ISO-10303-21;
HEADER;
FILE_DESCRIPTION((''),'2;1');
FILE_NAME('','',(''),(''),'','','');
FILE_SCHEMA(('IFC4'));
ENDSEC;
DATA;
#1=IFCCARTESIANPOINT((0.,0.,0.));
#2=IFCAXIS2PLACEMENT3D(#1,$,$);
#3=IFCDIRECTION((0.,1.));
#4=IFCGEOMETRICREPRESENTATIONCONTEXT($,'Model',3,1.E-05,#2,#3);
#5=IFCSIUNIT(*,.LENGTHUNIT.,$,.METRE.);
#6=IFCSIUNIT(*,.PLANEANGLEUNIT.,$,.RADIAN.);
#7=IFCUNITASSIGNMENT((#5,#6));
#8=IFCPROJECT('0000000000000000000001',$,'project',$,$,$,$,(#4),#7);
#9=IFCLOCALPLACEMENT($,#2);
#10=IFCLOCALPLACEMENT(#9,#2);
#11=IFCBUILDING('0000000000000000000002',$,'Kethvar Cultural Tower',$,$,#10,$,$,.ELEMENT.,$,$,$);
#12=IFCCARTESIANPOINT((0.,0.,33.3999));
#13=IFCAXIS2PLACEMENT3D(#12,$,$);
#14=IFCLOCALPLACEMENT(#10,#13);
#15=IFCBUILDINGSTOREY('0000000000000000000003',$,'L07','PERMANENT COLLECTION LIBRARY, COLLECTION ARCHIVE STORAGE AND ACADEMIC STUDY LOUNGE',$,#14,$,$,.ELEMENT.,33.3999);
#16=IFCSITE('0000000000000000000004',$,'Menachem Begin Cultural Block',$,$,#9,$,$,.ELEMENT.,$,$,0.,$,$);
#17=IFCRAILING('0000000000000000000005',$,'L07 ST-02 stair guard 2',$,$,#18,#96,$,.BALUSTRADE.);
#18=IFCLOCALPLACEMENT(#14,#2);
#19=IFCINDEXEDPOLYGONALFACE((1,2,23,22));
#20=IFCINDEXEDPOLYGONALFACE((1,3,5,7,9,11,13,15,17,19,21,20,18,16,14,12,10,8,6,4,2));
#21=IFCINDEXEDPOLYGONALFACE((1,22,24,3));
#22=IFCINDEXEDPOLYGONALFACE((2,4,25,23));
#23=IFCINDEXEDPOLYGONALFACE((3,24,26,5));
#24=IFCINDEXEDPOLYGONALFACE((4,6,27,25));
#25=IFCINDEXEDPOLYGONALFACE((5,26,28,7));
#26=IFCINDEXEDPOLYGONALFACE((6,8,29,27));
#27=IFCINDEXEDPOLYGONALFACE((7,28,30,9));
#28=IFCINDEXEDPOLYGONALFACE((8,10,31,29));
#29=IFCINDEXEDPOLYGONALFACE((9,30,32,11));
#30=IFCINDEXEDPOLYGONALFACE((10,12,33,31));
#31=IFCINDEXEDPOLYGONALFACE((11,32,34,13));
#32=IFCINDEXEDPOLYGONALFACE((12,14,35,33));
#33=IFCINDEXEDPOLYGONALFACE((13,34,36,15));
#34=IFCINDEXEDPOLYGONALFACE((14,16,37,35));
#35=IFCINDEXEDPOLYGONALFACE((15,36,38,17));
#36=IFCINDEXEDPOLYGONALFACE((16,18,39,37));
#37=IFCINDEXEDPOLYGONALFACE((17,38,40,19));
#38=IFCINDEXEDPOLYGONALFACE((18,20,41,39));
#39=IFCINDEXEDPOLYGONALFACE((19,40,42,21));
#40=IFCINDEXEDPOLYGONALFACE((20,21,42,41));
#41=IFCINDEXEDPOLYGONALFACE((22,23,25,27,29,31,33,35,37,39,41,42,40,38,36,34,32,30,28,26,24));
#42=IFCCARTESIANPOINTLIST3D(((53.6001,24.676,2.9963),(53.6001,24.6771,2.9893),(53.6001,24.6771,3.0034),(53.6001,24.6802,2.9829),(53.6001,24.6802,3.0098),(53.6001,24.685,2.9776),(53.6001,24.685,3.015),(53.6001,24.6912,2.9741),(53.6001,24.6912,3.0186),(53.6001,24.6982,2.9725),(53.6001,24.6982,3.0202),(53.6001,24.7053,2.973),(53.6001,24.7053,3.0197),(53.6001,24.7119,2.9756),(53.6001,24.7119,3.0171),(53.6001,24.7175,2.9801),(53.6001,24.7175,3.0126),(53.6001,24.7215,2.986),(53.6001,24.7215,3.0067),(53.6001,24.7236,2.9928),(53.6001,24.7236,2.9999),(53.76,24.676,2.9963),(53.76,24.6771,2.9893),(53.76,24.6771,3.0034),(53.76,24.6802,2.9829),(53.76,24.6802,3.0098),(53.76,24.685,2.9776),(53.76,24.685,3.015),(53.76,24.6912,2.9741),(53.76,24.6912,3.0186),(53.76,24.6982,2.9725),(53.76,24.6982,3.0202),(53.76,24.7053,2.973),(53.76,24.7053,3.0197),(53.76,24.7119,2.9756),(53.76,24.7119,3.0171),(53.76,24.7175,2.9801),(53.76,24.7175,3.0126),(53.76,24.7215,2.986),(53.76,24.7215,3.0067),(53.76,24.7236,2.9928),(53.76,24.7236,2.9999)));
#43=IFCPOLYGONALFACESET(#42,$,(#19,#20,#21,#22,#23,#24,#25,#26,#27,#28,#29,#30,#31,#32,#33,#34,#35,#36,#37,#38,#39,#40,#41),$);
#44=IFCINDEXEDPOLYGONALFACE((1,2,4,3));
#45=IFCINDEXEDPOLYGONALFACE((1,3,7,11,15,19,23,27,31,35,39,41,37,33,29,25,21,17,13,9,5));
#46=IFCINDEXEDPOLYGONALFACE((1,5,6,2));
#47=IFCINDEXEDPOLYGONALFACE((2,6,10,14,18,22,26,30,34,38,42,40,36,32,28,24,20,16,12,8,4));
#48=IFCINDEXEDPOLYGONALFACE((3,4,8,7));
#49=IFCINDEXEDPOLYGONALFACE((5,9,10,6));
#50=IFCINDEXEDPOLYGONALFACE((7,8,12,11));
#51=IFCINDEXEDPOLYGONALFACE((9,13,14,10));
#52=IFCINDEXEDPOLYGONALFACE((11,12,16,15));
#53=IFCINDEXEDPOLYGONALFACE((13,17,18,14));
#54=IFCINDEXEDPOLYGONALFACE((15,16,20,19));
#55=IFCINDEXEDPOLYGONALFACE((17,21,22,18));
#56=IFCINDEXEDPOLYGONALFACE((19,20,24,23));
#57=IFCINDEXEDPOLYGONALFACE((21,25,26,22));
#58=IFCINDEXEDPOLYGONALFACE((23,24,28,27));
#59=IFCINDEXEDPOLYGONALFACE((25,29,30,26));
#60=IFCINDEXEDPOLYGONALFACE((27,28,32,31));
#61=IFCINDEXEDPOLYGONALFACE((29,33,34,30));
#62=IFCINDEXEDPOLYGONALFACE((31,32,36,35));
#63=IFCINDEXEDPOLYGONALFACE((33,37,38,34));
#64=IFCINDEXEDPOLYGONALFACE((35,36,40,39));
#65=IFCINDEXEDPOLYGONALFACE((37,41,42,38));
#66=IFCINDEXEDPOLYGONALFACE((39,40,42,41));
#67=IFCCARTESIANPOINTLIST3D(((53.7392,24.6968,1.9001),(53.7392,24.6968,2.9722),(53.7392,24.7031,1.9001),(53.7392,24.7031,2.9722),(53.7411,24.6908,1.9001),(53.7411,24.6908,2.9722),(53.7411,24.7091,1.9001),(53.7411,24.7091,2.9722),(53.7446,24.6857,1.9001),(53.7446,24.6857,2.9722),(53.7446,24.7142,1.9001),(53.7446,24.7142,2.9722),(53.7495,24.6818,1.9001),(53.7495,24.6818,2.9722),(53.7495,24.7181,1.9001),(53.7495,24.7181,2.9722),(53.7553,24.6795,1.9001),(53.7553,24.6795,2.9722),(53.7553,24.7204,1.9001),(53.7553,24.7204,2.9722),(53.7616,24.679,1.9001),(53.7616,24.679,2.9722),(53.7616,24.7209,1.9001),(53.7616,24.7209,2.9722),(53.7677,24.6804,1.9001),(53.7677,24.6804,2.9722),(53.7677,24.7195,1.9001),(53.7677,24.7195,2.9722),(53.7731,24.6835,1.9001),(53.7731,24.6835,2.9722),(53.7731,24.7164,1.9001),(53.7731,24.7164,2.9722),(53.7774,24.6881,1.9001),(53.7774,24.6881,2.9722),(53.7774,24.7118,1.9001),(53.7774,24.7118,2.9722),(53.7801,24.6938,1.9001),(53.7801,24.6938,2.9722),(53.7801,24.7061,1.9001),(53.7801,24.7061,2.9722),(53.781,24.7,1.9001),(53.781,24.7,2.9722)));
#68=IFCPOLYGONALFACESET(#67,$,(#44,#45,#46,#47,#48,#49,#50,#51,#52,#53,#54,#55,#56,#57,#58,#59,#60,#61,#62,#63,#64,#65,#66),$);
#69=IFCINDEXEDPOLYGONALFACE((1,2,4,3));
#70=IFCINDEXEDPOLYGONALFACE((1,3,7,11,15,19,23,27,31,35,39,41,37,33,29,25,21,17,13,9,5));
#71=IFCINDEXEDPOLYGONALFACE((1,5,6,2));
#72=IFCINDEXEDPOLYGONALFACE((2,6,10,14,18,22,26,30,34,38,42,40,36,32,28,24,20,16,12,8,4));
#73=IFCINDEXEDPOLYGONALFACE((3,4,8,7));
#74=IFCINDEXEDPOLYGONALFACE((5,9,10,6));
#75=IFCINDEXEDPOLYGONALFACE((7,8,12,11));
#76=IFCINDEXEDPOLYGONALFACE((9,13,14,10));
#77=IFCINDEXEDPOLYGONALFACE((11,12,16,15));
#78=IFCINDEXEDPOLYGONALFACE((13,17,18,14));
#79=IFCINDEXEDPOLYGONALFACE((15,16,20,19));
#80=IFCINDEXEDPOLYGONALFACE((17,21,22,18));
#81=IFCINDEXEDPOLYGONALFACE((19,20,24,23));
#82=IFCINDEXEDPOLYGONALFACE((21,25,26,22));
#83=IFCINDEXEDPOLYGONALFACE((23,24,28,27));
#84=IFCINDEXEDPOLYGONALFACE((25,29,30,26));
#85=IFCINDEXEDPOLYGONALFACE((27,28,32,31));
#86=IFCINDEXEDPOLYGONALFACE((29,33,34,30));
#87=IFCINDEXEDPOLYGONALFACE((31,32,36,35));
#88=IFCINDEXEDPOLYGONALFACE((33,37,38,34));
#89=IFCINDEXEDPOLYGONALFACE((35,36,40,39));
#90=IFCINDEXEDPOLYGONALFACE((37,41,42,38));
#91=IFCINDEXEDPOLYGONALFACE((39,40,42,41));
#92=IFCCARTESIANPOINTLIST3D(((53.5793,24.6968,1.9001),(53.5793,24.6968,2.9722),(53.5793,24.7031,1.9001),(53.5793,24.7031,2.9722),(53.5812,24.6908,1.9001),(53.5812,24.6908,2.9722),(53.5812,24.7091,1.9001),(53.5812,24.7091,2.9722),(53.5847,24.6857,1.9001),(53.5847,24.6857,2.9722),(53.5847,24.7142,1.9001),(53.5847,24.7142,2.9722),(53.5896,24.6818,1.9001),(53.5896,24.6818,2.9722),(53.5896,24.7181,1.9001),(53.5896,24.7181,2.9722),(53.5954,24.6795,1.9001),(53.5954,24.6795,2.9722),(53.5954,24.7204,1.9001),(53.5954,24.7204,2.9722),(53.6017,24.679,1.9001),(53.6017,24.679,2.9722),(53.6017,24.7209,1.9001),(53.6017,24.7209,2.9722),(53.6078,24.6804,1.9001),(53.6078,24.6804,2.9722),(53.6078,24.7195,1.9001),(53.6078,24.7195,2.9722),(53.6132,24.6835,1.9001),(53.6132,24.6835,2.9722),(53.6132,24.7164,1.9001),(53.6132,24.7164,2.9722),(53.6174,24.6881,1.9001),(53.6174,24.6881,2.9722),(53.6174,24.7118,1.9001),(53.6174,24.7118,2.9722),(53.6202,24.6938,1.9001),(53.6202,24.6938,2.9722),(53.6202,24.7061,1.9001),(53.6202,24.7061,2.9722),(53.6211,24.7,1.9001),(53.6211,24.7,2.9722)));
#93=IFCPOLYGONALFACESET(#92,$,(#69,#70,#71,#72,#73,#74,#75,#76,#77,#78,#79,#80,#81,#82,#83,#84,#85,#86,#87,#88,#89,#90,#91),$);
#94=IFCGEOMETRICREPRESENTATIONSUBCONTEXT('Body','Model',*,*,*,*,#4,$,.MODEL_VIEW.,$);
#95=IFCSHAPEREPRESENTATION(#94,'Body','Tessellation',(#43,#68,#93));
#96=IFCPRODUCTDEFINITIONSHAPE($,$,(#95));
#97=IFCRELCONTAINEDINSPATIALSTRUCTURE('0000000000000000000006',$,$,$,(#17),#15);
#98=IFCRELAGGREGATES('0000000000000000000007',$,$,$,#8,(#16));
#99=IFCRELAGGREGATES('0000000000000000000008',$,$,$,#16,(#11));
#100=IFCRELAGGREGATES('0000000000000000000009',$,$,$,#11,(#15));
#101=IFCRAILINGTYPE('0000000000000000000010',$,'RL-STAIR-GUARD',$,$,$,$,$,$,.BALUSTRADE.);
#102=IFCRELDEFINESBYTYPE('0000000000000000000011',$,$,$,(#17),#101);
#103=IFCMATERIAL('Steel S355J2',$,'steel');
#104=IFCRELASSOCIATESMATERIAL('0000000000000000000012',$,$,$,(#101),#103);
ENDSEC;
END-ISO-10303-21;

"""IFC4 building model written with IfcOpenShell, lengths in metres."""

from ifc_helpers import new_model, si_unit, direction, frame, origin, origin_2d, place, context, subcontext, project, spatial, circle, extrude, material, type_object, element, save


model = new_model("IFC4")

# Units and contexts
model_context = context("Model", 3, precision=1e-05, world=origin(), true_north=direction((0.0, 1.0)))
body_context = subcontext(model_context, "Body", "Model", "MODEL_VIEW")
ifc_project = project(units=[si_unit("LENGTHUNIT", "METRE"), si_unit("PLANEANGLEUNIT", "RADIAN")], contexts=[model_context])

# Site, building, storey
site_placement = place(None, origin())
site = spatial("IfcSite", under=ifc_project, at=site_placement, Name="Menachem Begin Cultural Block", CompositionType="ELEMENT", RefElevation=0.0)
building_placement = place(site_placement, origin())
building = spatial("IfcBuilding", under=site, at=building_placement, Name="Kethvar Cultural Tower", CompositionType="ELEMENT")
storey_placement = place(building_placement, frame((0.0, 0.0, 33.3999)))
storey = spatial("IfcBuildingStorey", under=building, at=storey_placement, Name="L07", Description="PERMANENT COLLECTION LIBRARY, COLLECTION ARCHIVE STORAGE AND ACADEMIC STUDY LOUNGE", CompositionType="ELEMENT", Elevation=33.3999)

# Shared definitions
ifc_material_1 = material(Name="Steel S355J2", Category="steel")

# Railing
railing_type_1 = type_object("IfcRailingType", Name="RL-STAIR-GUARD", PredefinedType="BALUSTRADE", material=ifc_material_1)
railing_1_placement = place(storey_placement, frame((53.76, 24.7, 1.9001)))
element("IfcRailing", 1, at=railing_1_placement, inside=storey, type_object=railing_type_1, Name="L07 ST-02 stair guard 2", PredefinedType="BALUSTRADE", context=body_context, shape_type="SweptSolid", body=[
    extrude(circle(Radius=0.0239, at=origin_2d()), frame((0.0, 0.0, 1.0962), z_axis=(-1.0, 0.0, 0.0), x_axis=(0.0, -1.0, 0.0)), (0.0, 0.0, 1.0), 0.1599),
    extrude(circle(Radius=0.021, at=origin_2d()), origin(), (0.0, 0.0, 1.0), 1.072),
    extrude(circle(Radius=0.021, at=origin_2d()), frame((-0.1599, 0.0, 0.0)), (0.0, 0.0, 1.0), 1.072),
])

save(model, "model.ifc")
